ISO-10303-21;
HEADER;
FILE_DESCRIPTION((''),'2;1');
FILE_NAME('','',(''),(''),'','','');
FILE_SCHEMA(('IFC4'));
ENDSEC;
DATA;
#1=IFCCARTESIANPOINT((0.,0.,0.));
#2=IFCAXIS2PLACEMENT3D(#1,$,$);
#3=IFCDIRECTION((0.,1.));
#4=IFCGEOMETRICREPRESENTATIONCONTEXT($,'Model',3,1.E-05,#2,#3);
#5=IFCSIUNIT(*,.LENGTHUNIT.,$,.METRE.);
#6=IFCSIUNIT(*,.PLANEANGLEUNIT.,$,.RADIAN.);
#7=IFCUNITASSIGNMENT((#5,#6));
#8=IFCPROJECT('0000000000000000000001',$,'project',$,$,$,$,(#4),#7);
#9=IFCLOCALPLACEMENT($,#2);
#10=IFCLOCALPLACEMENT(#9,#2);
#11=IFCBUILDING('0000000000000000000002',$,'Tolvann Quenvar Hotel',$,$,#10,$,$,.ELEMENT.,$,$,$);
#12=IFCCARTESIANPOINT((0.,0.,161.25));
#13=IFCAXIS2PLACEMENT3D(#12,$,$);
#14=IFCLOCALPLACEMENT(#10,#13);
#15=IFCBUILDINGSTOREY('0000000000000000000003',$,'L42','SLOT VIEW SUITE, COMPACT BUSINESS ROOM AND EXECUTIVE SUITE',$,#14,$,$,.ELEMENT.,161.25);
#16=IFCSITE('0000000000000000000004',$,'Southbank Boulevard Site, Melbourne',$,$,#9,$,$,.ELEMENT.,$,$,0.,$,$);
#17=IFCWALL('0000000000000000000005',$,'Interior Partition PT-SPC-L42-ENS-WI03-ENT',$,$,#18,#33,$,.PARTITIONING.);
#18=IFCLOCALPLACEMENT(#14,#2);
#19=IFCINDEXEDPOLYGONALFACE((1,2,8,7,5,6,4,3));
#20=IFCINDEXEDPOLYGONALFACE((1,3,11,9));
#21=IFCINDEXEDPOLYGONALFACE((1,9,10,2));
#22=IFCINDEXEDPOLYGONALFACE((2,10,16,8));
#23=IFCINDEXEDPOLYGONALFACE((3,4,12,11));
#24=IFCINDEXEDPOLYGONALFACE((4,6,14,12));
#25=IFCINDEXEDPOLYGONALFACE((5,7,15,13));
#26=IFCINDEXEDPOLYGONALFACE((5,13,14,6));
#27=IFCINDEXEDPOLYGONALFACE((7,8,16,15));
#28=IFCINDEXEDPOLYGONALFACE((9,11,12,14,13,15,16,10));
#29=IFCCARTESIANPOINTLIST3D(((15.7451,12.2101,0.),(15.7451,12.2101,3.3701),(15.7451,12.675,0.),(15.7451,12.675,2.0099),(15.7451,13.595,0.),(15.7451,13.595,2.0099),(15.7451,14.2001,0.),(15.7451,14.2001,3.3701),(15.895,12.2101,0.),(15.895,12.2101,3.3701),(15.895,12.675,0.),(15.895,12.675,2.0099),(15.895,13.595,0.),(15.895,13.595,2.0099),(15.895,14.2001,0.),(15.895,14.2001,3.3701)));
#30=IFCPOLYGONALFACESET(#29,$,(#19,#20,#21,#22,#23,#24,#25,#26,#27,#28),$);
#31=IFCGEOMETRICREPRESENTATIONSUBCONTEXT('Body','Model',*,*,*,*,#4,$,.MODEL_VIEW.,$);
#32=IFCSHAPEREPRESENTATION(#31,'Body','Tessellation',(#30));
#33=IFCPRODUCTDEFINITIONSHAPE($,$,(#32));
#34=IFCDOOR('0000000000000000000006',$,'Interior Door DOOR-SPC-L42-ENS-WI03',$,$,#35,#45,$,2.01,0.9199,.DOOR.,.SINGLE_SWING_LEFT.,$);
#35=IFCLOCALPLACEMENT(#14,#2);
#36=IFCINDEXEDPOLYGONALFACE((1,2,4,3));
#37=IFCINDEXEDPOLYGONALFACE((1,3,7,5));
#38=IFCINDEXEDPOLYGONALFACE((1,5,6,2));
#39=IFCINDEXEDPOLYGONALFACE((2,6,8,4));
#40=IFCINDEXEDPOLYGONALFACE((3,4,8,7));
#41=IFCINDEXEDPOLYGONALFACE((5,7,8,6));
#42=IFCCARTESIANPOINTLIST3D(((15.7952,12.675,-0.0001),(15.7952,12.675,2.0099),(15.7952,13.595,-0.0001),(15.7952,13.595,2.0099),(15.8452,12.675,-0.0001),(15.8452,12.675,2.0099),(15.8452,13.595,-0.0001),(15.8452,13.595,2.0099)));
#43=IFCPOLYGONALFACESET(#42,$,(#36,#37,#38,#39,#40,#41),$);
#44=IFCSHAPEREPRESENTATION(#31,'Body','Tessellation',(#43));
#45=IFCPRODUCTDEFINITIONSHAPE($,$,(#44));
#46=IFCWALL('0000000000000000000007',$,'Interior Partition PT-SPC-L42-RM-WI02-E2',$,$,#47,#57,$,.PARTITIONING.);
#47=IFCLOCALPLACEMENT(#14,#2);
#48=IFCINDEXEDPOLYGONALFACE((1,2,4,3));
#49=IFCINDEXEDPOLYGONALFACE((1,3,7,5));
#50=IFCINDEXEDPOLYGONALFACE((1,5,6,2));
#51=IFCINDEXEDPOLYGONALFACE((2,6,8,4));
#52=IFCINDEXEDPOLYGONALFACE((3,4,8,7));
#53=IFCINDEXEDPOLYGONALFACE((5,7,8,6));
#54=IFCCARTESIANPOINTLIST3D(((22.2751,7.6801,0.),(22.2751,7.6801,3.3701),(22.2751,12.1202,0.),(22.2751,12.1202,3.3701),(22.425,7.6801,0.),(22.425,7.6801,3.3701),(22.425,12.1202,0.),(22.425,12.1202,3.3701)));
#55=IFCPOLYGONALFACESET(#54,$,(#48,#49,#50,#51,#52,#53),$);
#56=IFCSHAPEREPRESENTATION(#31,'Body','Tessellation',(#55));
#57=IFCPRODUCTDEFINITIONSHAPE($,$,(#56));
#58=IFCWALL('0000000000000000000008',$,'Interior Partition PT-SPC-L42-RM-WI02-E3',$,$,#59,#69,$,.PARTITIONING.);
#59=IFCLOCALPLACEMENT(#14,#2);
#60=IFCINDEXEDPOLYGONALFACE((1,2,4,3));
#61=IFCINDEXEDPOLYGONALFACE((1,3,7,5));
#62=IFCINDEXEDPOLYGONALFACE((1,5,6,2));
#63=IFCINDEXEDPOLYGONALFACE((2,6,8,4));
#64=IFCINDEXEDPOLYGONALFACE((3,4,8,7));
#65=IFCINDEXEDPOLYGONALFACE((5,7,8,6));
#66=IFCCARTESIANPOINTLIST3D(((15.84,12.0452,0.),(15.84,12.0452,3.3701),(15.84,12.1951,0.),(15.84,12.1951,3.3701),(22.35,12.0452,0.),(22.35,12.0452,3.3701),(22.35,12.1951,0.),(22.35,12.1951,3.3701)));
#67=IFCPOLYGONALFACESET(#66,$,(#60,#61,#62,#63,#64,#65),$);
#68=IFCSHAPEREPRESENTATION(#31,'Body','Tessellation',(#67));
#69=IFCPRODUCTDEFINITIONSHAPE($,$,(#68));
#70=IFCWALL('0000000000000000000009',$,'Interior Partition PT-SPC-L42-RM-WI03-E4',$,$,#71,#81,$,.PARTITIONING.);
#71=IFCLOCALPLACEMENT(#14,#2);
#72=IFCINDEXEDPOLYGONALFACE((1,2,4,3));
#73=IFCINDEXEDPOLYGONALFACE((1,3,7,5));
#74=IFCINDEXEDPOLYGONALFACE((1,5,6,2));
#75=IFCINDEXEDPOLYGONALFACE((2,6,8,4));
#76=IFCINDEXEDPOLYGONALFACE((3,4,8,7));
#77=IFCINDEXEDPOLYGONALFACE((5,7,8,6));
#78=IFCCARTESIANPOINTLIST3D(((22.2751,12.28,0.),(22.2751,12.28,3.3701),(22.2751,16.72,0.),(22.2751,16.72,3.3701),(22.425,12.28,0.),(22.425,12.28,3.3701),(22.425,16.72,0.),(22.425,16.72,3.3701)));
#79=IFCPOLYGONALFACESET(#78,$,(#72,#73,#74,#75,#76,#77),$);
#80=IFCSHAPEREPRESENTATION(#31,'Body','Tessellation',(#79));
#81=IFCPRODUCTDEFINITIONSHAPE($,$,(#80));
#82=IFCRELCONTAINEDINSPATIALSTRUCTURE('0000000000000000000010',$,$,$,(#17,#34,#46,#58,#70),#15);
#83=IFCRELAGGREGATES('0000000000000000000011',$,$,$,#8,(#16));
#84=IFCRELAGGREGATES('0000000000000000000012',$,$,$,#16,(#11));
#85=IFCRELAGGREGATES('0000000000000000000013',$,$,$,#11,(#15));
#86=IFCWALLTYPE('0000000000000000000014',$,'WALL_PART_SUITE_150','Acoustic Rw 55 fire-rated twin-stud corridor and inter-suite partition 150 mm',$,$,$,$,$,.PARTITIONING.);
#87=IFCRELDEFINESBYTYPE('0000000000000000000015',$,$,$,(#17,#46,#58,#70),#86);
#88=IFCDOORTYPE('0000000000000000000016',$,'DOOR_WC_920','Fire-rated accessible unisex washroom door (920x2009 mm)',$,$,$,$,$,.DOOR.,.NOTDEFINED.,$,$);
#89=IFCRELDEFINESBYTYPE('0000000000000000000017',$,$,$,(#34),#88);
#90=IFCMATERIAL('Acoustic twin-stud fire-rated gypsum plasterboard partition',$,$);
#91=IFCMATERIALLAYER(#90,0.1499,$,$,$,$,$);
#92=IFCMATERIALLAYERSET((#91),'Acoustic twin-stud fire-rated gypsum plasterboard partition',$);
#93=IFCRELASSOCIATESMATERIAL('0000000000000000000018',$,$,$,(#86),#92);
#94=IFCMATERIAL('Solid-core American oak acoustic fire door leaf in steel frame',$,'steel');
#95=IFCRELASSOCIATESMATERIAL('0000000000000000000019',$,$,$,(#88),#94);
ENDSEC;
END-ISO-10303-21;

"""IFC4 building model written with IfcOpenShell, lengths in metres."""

from ifc_helpers import new_model, si_unit, direction, frame, frame_2d, origin, place, context, subcontext, project, spatial, rectangle, extrude, source, transform, mapped, material, layer, layer_set, type_object, type_shapes, element, fill, save


model = new_model("IFC4")

# Units and contexts
model_context = context("Model", 3, precision=1e-05, world=origin(), true_north=direction((0.0, 1.0)))
body_context = subcontext(model_context, "Body", "Model", "MODEL_VIEW")
ifc_project = project(units=[si_unit("LENGTHUNIT", "METRE"), si_unit("PLANEANGLEUNIT", "RADIAN")], contexts=[model_context])

# Site, building, storey
site_placement = place(None, origin())
site = spatial("IfcSite", under=ifc_project, at=site_placement, Name="Southbank Boulevard Site, Melbourne", CompositionType="ELEMENT", RefElevation=0.0)
building_placement = place(site_placement, origin())
building = spatial("IfcBuilding", under=site, at=building_placement, Name="Tolvann Quenvar Hotel", CompositionType="ELEMENT")
storey_placement = place(building_placement, frame((0.0, 0.0, 161.25)))
storey = spatial("IfcBuildingStorey", under=building, at=storey_placement, Name="L42", Description="SLOT VIEW SUITE, COMPACT BUSINESS ROOM AND EXECUTIVE SUITE", CompositionType="ELEMENT", Elevation=161.25)

# Wall, opening, door
ifc_material_1 = material(Name="Acoustic twin-stud fire-rated gypsum plasterboard partition")
ifc_layer_1 = layer(ifc_material_1, 0.1499)
ifc_layer_set_1 = layer_set([ifc_layer_1], Name="Acoustic twin-stud fire-rated gypsum plasterboard partition")
wall_type_1 = type_object("IfcWallType", Name="WALL_PART_SUITE_150", Description="Acoustic Rw 55 fire-rated twin-stud corridor and inter-suite partition 150 mm", PredefinedType="PARTITIONING", material=ifc_layer_set_1)
ifc_material_2 = material(Name="Solid-core American oak acoustic fire door leaf in steel frame", Category="steel")
door_type = type_object("IfcDoorType", Name="DOOR_WC_920", Description="Fire-rated accessible unisex washroom door (920x2009 mm)", OperationType="NOTDEFINED", PredefinedType="DOOR", material=ifc_material_2)
shared_shape_1 = source(origin(), body_context, "Body", "SweptSolid", [
    extrude(rectangle(XDim=0.9199, YDim=2.01, at=frame_2d((0.46, 1.0049))), frame((0.0, 0.0249, 0.0), z_axis=(0.0, -1.0, 0.0), x_axis=(1.0, 0.0, 0.0)), (0.0, 0.0, 1.0), 0.05),
])
type_shapes(door_type, [shared_shape_1])
wall_1_placement = place(storey_placement, frame((15.8201, 12.21, 0.0), z_axis=(0.0, 0.0, 1.0), x_axis=(0.0, 1.0, 0.0)))
wall_1 = element("IfcWall", 1, at=wall_1_placement, inside=storey, type_object=wall_type_1, Name="Interior Partition PT-SPC-L42-ENS-WI03-ENT", PredefinedType="PARTITIONING", context=body_context, shape_type="SweptSolid", body=[
    extrude(rectangle(XDim=1.99, YDim=0.1499, at=frame_2d((0.9951, 0.0))), origin(), (0.0, 0.0, 1.0), 3.3701),
])
opening_1_placement = place(wall_1_placement, frame((0.4651, 0.0, 0.0)))
opening_1 = element("IfcOpeningElement", 2, at=opening_1_placement, cuts=wall_1, PredefinedType="OPENING", context=body_context, shape_type="SweptSolid", body=[
    extrude(rectangle(XDim=0.9199, YDim=2.01, at=frame_2d((0.46, 1.0049))), frame((0.0, 0.085, 0.0), z_axis=(0.0, -1.0, 0.0), x_axis=(1.0, 0.0, 0.0)), (0.0, 0.0, 1.0), 0.1699),
])
door_1_placement = place(opening_1_placement, origin())
door_1 = element("IfcDoor", 3, at=door_1_placement, inside=storey, type_object=door_type, Name="Interior Door DOOR-SPC-L42-ENS-WI03", OperationType="SINGLE_SWING_LEFT", OverallHeight=2.01, OverallWidth=0.9199, PredefinedType="DOOR", context=body_context, shape_type="MappedRepresentation", body=[
    mapped(shared_shape_1, transform((0.0, 0.0, 0.0), x_axis=(1.0, 0.0, 0.0), y_axis=(0.0, 1.0, 0.0), z_axis=(0.0, 0.0, 1.0), scale=1.0)),
])
fill(opening_1, door_1)

# Walls
wall_2_placement = place(storey_placement, frame((22.3501, 7.6799, 0.0), z_axis=(0.0, 0.0, 1.0), x_axis=(0.0, 1.0, 0.0)))
element("IfcWall", 4, at=wall_2_placement, inside=storey, type_object=wall_type_1, Name="Interior Partition PT-SPC-L42-RM-WI02-E2", PredefinedType="PARTITIONING", context=body_context, shape_type="SweptSolid", body=[
    extrude(rectangle(XDim=4.4402, YDim=0.1499, at=frame_2d((2.2202, 0.0))), origin(), (0.0, 0.0, 1.0), 3.3701),
])
wall_3_placement = place(storey_placement, frame((15.8401, 12.1201, 0.0), z_axis=(0.0, 0.0, 1.0), x_axis=(1.0, 0.0, 0.0)))
element("IfcWall", 5, at=wall_3_placement, inside=storey, type_object=wall_type_1, Name="Interior Partition PT-SPC-L42-RM-WI02-E3", PredefinedType="PARTITIONING", context=body_context, shape_type="SweptSolid", body=[
    extrude(rectangle(XDim=6.51, YDim=0.1499, at=frame_2d((3.2549, 0.0))), origin(), (0.0, 0.0, 1.0), 3.3701),
])
wall_4_placement = place(storey_placement, frame((22.3501, 12.28, 0.0), z_axis=(0.0, 0.0, 1.0), x_axis=(0.0, 1.0, 0.0)))
element("IfcWall", 6, at=wall_4_placement, inside=storey, type_object=wall_type_1, Name="Interior Partition PT-SPC-L42-RM-WI03-E4", PredefinedType="PARTITIONING", context=body_context, shape_type="SweptSolid", body=[
    extrude(rectangle(XDim=4.4399, YDim=0.1499, at=frame_2d((2.22, 0.0))), origin(), (0.0, 0.0, 1.0), 3.3701),
])

save(model, "model.ifc")
